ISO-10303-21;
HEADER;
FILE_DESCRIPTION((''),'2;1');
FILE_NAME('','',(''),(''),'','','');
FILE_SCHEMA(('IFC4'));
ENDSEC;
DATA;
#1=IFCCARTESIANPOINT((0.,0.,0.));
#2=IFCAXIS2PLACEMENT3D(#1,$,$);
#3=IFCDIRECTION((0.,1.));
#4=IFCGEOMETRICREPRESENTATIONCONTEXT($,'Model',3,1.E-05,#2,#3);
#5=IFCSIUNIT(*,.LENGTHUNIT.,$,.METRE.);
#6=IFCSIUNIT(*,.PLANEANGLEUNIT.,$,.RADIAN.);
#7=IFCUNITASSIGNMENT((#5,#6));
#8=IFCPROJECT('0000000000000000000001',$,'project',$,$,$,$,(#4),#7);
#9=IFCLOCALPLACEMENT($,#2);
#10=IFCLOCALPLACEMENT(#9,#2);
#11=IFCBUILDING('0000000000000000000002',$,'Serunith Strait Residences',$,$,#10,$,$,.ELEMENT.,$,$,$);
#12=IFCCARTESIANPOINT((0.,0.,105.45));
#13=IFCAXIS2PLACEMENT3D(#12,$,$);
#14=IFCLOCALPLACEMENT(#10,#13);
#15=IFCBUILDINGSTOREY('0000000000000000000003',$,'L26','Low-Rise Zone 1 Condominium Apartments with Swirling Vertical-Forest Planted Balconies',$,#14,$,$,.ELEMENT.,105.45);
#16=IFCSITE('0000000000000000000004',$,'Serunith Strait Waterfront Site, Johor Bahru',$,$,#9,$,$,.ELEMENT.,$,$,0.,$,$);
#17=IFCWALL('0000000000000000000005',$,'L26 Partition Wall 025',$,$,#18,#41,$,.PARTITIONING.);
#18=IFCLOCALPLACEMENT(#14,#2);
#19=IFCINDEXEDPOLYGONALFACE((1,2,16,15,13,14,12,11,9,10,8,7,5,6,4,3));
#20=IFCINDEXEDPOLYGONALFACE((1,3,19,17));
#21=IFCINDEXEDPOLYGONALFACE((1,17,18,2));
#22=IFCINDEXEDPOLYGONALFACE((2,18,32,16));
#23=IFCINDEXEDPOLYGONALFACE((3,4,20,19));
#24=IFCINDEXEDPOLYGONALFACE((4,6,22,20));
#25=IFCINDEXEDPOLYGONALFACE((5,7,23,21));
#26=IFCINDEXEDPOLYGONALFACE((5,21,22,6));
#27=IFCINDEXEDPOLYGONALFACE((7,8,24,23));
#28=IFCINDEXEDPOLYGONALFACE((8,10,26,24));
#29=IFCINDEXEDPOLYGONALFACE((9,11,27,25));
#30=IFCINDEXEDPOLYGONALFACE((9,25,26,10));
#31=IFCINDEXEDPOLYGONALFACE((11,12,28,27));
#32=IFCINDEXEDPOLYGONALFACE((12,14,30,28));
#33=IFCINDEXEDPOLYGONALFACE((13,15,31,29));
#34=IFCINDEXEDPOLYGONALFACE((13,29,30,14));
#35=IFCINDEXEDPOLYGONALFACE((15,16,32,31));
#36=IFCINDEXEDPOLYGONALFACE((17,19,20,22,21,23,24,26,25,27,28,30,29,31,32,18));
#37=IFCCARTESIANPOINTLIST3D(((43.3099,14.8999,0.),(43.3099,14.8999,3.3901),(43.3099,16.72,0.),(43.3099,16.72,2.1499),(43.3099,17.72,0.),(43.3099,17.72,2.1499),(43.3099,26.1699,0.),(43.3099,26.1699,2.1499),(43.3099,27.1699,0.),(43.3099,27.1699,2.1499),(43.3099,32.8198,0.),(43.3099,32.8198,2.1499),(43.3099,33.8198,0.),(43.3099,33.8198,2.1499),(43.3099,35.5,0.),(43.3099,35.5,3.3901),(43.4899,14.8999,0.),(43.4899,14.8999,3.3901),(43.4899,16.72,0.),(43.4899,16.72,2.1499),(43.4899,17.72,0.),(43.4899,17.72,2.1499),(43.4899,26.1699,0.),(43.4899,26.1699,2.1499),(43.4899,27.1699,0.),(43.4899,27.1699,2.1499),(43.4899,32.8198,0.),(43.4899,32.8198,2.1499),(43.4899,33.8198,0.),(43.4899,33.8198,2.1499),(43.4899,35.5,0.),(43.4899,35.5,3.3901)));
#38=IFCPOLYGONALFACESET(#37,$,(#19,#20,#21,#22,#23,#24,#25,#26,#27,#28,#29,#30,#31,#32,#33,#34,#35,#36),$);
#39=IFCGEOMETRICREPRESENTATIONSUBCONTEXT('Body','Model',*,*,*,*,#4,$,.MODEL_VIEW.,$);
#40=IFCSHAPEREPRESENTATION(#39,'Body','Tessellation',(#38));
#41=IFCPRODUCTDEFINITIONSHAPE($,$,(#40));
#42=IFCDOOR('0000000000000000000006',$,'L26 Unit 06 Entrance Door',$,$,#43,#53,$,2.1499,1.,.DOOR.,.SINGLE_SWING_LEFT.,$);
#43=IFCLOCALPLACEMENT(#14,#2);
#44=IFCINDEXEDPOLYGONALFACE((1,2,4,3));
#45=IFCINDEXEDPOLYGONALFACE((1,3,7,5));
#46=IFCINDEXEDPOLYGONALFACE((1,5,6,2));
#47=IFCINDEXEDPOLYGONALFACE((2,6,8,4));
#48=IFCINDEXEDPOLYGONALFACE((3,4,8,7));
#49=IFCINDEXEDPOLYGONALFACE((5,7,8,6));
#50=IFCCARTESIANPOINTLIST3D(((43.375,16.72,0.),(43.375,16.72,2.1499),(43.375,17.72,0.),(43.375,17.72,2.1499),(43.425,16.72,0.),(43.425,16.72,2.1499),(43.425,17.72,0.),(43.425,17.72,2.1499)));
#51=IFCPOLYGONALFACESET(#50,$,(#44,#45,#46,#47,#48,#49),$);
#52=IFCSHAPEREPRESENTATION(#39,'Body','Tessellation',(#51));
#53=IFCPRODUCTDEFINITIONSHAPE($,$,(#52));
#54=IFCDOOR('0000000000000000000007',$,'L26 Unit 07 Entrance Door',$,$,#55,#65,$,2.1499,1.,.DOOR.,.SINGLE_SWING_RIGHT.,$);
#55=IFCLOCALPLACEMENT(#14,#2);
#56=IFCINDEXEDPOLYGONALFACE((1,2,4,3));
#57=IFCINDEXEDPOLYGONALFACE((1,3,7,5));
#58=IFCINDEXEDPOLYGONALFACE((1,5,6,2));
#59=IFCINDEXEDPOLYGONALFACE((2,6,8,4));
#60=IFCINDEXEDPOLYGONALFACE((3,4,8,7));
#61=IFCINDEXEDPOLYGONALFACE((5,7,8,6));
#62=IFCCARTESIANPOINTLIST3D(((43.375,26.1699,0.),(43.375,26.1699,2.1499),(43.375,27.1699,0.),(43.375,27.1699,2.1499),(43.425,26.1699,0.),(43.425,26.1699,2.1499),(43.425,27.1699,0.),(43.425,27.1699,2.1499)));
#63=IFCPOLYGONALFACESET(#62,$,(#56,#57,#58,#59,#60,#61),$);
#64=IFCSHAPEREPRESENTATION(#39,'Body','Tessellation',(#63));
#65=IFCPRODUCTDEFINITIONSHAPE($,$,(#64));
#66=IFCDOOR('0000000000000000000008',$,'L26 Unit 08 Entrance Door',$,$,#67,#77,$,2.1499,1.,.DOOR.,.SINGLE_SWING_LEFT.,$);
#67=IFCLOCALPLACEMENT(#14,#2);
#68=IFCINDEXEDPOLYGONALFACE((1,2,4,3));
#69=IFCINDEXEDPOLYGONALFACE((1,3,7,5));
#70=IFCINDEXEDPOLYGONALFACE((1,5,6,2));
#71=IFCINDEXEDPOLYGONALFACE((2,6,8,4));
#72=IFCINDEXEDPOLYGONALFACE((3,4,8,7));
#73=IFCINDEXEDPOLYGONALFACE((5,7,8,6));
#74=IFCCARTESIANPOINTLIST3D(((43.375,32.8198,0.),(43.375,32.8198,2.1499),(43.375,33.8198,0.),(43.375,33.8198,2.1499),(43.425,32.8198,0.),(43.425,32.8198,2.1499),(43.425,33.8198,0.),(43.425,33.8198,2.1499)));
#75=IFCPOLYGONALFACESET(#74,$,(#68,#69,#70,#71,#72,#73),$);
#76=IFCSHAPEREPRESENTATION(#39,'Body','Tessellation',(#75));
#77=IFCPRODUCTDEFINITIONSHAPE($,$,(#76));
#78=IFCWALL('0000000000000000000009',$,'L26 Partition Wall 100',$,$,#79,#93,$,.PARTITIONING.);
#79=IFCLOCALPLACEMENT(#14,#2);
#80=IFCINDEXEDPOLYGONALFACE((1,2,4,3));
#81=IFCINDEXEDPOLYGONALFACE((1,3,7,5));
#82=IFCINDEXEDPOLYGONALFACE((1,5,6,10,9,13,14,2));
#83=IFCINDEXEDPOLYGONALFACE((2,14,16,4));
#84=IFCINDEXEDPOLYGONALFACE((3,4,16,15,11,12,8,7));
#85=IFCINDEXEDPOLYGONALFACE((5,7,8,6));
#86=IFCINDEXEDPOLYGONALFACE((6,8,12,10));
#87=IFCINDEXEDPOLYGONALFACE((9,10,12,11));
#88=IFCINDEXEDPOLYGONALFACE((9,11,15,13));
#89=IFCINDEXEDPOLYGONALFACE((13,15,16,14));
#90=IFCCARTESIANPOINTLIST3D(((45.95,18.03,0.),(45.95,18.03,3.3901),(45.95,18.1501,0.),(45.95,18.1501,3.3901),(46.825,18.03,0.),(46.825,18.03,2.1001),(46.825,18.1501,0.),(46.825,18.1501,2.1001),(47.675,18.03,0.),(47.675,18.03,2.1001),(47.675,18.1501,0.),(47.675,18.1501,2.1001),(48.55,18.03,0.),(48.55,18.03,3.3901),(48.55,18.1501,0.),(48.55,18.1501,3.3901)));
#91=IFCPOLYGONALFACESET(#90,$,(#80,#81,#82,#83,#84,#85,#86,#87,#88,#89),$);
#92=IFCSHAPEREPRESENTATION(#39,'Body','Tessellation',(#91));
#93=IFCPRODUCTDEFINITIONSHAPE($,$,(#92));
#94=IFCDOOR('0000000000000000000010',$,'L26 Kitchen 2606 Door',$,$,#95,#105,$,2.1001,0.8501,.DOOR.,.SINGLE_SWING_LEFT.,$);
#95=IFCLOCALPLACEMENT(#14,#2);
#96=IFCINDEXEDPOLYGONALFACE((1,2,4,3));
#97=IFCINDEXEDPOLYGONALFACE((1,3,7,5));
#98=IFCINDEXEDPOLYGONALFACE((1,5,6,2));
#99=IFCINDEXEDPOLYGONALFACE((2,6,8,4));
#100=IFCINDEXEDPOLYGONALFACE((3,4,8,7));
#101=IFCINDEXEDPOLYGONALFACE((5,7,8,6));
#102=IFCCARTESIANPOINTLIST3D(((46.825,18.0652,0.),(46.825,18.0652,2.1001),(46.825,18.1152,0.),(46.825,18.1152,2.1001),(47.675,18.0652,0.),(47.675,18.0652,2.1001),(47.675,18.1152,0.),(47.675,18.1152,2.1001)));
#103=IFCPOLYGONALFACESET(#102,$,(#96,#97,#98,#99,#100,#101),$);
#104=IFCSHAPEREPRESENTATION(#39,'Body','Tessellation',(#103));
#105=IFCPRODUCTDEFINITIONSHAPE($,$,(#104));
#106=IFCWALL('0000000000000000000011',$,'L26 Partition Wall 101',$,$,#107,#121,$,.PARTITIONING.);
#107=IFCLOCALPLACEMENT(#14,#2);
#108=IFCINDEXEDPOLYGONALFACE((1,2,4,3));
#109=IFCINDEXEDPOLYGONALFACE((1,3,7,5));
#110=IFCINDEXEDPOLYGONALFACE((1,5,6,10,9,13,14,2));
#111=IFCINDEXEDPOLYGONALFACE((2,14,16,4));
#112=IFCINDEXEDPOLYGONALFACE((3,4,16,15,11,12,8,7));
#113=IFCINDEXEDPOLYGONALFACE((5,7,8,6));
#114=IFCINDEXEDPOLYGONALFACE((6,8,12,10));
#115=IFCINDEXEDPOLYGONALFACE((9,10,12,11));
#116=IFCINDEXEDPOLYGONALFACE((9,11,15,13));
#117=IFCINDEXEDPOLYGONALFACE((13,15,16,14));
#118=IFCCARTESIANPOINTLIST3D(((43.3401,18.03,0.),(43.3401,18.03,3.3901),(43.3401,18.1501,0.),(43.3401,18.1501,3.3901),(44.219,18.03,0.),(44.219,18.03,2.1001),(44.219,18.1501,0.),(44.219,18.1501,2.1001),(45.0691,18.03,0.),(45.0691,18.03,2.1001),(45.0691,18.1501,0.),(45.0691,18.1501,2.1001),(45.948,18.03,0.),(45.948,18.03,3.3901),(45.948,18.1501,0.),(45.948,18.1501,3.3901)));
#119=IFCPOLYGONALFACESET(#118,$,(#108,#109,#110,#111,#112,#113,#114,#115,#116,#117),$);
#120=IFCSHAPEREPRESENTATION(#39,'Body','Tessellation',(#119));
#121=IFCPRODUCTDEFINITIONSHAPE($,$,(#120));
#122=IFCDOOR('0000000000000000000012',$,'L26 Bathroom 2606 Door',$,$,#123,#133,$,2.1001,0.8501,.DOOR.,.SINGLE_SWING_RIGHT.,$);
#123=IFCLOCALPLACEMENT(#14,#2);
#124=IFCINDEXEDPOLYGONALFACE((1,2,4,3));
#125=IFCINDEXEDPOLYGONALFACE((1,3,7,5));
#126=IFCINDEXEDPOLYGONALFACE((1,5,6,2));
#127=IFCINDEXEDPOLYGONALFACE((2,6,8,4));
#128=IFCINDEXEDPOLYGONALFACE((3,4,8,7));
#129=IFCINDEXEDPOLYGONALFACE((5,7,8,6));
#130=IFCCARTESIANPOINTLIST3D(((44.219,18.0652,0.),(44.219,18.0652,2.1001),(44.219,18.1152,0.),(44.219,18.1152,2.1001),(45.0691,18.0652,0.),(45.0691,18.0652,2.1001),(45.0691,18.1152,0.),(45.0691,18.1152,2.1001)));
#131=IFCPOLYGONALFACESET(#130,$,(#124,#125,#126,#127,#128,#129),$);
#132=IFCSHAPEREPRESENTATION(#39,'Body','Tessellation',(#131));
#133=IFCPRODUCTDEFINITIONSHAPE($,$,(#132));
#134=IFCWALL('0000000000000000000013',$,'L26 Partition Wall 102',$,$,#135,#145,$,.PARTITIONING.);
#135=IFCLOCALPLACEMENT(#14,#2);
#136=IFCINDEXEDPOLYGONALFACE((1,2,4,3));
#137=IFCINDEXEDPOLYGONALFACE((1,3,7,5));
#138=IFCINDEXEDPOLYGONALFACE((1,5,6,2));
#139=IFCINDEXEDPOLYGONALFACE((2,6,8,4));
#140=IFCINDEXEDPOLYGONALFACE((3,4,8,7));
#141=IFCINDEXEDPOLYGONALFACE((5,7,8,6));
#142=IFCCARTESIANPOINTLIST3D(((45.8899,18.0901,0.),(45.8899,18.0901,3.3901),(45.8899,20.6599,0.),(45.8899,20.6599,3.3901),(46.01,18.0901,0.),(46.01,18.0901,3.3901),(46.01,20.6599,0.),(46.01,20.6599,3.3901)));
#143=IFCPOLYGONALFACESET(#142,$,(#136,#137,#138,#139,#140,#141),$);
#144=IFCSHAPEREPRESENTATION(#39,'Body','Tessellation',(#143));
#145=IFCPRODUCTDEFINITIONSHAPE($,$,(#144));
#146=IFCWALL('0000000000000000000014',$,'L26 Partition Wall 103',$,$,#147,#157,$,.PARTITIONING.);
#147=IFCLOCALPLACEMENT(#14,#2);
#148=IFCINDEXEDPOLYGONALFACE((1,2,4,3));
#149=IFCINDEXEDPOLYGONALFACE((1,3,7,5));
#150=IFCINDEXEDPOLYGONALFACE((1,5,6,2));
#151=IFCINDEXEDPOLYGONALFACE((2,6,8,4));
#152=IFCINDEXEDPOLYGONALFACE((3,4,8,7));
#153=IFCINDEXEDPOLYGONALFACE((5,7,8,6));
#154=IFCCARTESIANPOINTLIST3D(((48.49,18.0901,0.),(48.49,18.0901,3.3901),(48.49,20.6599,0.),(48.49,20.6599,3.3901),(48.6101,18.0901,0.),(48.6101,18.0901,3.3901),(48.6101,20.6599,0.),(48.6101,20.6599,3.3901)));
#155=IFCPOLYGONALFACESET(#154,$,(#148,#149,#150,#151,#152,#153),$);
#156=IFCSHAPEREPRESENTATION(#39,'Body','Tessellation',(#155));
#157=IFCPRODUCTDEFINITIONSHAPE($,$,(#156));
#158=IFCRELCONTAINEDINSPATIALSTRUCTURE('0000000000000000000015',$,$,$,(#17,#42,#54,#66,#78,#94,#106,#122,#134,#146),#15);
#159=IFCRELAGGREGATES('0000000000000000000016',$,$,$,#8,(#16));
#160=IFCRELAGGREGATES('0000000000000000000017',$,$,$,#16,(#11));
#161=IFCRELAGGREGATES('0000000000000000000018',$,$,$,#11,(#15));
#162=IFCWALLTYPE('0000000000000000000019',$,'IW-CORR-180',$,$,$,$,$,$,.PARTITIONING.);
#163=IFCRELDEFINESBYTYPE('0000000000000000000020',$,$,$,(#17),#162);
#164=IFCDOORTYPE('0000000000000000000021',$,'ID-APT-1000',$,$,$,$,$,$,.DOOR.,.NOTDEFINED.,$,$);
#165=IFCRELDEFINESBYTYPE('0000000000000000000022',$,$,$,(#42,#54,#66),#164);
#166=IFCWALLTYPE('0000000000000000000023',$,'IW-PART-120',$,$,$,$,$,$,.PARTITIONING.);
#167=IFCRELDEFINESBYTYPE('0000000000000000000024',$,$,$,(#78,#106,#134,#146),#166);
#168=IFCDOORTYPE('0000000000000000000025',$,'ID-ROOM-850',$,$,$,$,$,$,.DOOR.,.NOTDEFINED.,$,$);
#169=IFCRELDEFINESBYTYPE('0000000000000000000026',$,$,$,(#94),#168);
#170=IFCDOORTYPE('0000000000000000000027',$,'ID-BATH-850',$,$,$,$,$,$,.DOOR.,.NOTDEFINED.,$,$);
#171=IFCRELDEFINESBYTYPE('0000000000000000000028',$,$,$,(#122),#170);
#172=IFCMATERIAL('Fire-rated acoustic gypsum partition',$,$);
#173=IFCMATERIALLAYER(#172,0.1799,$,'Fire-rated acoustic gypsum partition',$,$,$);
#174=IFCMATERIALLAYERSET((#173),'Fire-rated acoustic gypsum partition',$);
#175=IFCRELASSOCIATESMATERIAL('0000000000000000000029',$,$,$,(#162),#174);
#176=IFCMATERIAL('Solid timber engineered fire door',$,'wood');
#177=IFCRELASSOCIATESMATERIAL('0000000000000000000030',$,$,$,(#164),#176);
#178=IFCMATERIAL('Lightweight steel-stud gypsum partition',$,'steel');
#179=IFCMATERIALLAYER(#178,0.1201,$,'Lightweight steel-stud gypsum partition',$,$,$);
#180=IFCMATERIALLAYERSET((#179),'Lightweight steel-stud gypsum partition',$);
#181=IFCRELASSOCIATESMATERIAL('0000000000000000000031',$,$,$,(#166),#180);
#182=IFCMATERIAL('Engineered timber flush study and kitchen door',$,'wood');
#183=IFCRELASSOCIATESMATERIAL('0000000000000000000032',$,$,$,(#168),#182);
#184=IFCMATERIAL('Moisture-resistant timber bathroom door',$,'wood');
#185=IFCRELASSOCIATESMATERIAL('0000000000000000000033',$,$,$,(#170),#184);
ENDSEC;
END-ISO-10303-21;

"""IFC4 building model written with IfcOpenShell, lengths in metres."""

from ifc_helpers import new_model, si_unit, direction, frame, frame_2d, origin, place, context, subcontext, project, spatial, rectangle, extrude, source, transform, mapped, material, layer, layer_set, type_object, element, fill, save


model = new_model("IFC4")

# Units and contexts
model_context = context("Model", 3, precision=1e-05, world=origin(), true_north=direction((0.0, 1.0)))
body_context = subcontext(model_context, "Body", "Model", "MODEL_VIEW")
ifc_project = project(units=[si_unit("LENGTHUNIT", "METRE"), si_unit("PLANEANGLEUNIT", "RADIAN")], contexts=[model_context])

# Site, building, storey
site_placement = place(None, origin())
site = spatial("IfcSite", under=ifc_project, at=site_placement, Name="Serunith Strait Waterfront Site, Johor Bahru", CompositionType="ELEMENT", RefElevation=0.0)
building_placement = place(site_placement, origin())
building = spatial("IfcBuilding", under=site, at=building_placement, Name="Serunith Strait Residences", CompositionType="ELEMENT")
storey_placement = place(building_placement, frame((0.0, 0.0, 105.45)))
storey = spatial("IfcBuildingStorey", under=building, at=storey_placement, Name="L26", Description="Low-Rise Zone 1 Condominium Apartments with Swirling Vertical-Forest Planted Balconies", CompositionType="ELEMENT", Elevation=105.45)

# Wall, openings, doors
ifc_material_1 = material(Name="Fire-rated acoustic gypsum partition")
ifc_layer_1 = layer(ifc_material_1, 0.1799, Name="Fire-rated acoustic gypsum partition")
ifc_layer_set_1 = layer_set([ifc_layer_1], Name="Fire-rated acoustic gypsum partition")
wall_type_1 = type_object("IfcWallType", Name="IW-CORR-180", PredefinedType="PARTITIONING", material=ifc_layer_set_1)
wall_1_placement = place(storey_placement, frame((43.3999, 14.8999, 0.0), z_axis=(0.0, 0.0, 1.0), x_axis=(0.0, 1.0, 0.0)))
wall_1 = element("IfcWall", 1, at=wall_1_placement, inside=storey, type_object=wall_type_1, Name="L26 Partition Wall 025", PredefinedType="PARTITIONING", context=body_context, shape_type="SweptSolid", body=[
    extrude(rectangle(XDim=20.6001, YDim=0.1799, at=frame_2d((10.3, 0.0))), origin(), (0.0, 0.0, 1.0), 3.3901),
])
opening_1_placement = place(wall_1_placement, frame((1.8201, 0.0, 0.0)))
opening_1 = element("IfcOpeningElement", 2, at=opening_1_placement, cuts=wall_1, PredefinedType="OPENING", context=body_context, shape_type="SweptSolid", body=[
    extrude(rectangle(XDim=1.0, YDim=2.1499, at=frame_2d((0.5, 1.075))), frame((0.0, 0.1001, 0.0), z_axis=(0.0, -1.0, 0.0), x_axis=(1.0, 0.0, 0.0)), (0.0, 0.0, 1.0), 0.2),
])
opening_2_placement = place(wall_1_placement, frame((11.27, 0.0, 0.0)))
opening_2 = element("IfcOpeningElement", 3, at=opening_2_placement, cuts=wall_1, PredefinedType="OPENING", context=body_context, shape_type="SweptSolid", body=[
    extrude(rectangle(XDim=1.0, YDim=2.1499, at=frame_2d((0.5, 1.075))), frame((0.0, 0.1001, 0.0), z_axis=(0.0, -1.0, 0.0), x_axis=(1.0, 0.0, 0.0)), (0.0, 0.0, 1.0), 0.2),
])
opening_3_placement = place(wall_1_placement, frame((17.9199, 0.0, 0.0)))
opening_3 = element("IfcOpeningElement", 4, at=opening_3_placement, cuts=wall_1, PredefinedType="OPENING", context=body_context, shape_type="SweptSolid", body=[
    extrude(rectangle(XDim=1.0, YDim=2.1499, at=frame_2d((0.5, 1.075))), frame((0.0, 0.1001, 0.0), z_axis=(0.0, -1.0, 0.0), x_axis=(1.0, 0.0, 0.0)), (0.0, 0.0, 1.0), 0.2),
])
ifc_material_2 = material(Name="Solid timber engineered fire door", Category="wood")
door_type_1 = type_object("IfcDoorType", Name="ID-APT-1000", OperationType="NOTDEFINED", PredefinedType="DOOR", material=ifc_material_2)
shared_shape_1 = source(origin(), body_context, "Body", "SweptSolid", [
    extrude(rectangle(XDim=1.0, YDim=2.1499, at=frame_2d((0.5, 1.075))), frame((0.0, 0.0249, 0.0), z_axis=(0.0, -1.0, 0.0), x_axis=(1.0, 0.0, 0.0)), (0.0, 0.0, 1.0), 0.05),
])
door_1_placement = place(opening_1_placement, origin())
door_1 = element("IfcDoor", 5, at=door_1_placement, inside=storey, type_object=door_type_1, Name="L26 Unit 06 Entrance Door", OperationType="SINGLE_SWING_LEFT", OverallHeight=2.1499, OverallWidth=1.0, PredefinedType="DOOR", context=body_context, shape_type="MappedRepresentation", body=[
    mapped(shared_shape_1, transform((0.0, 0.0, 0.0), scale=1.0)),
])
fill(opening_1, door_1)
door_2_placement = place(opening_2_placement, origin())
door_2 = element("IfcDoor", 6, at=door_2_placement, inside=storey, type_object=door_type_1, Name="L26 Unit 07 Entrance Door", OperationType="SINGLE_SWING_RIGHT", OverallHeight=2.1499, OverallWidth=1.0, PredefinedType="DOOR", context=body_context, shape_type="MappedRepresentation", body=[
    mapped(shared_shape_1, transform((0.0, 0.0, 0.0), scale=1.0)),
])
fill(opening_2, door_2)
door_3_placement = place(opening_3_placement, origin())
door_3 = element("IfcDoor", 7, at=door_3_placement, inside=storey, type_object=door_type_1, Name="L26 Unit 08 Entrance Door", OperationType="SINGLE_SWING_LEFT", OverallHeight=2.1499, OverallWidth=1.0, PredefinedType="DOOR", context=body_context, shape_type="MappedRepresentation", body=[
    mapped(shared_shape_1, transform((0.0, 0.0, 0.0), scale=1.0)),
])
fill(opening_3, door_3)

# Walls, openings, doors
ifc_material_3 = material(Name="Lightweight steel-stud gypsum partition", Category="steel")
ifc_layer_2 = layer(ifc_material_3, 0.1201, Name="Lightweight steel-stud gypsum partition")
ifc_layer_set_2 = layer_set([ifc_layer_2], Name="Lightweight steel-stud gypsum partition")
wall_type_2 = type_object("IfcWallType", Name="IW-PART-120", PredefinedType="PARTITIONING", material=ifc_layer_set_2)
wall_2_placement = place(storey_placement, frame((48.55, 18.0901, 0.0), z_axis=(0.0, 0.0, 1.0), x_axis=(-1.0, 0.0, 0.0)))
wall_2 = element("IfcWall", 8, at=wall_2_placement, inside=storey, type_object=wall_type_2, Name="L26 Partition Wall 100", PredefinedType="PARTITIONING", context=body_context, shape_type="SweptSolid", body=[
    extrude(rectangle(XDim=2.6001, YDim=0.1201, at=frame_2d((1.3, 0.0))), origin(), (0.0, 0.0, 1.0), 3.3901),
])
opening_4_placement = place(wall_2_placement, frame((0.875, 0.0, 0.0)))
opening_4 = element("IfcOpeningElement", 9, at=opening_4_placement, cuts=wall_2, PredefinedType="OPENING", context=body_context, shape_type="SweptSolid", body=[
    extrude(rectangle(XDim=0.8501, YDim=2.1001, at=frame_2d((0.425, 1.05))), frame((0.0, 0.0701, 0.0), z_axis=(0.0, -1.0, 0.0), x_axis=(1.0, 0.0, 0.0)), (0.0, 0.0, 1.0), 0.1401),
])
ifc_material_4 = material(Name="Engineered timber flush study and kitchen door", Category="wood")
door_type_2 = type_object("IfcDoorType", Name="ID-ROOM-850", OperationType="NOTDEFINED", PredefinedType="DOOR", material=ifc_material_4)
shared_shape_2 = source(origin(), body_context, "Body", "SweptSolid", [
    extrude(rectangle(XDim=0.8501, YDim=2.1001, at=frame_2d((0.425, 1.05))), frame((0.0, 0.0249, 0.0), z_axis=(0.0, -1.0, 0.0), x_axis=(1.0, 0.0, 0.0)), (0.0, 0.0, 1.0), 0.05),
])
door_4_placement = place(opening_4_placement, origin())
door_4 = element("IfcDoor", 10, at=door_4_placement, inside=storey, type_object=door_type_2, Name="L26 Kitchen 2606 Door", OperationType="SINGLE_SWING_LEFT", OverallHeight=2.1001, OverallWidth=0.8501, PredefinedType="DOOR", context=body_context, shape_type="MappedRepresentation", body=[
    mapped(shared_shape_2, transform((0.0, 0.0, 0.0), scale=1.0)),
])
fill(opening_4, door_4)
wall_3_placement = place(storey_placement, frame((45.948, 18.0901, 0.0), z_axis=(0.0, 0.0, 1.0), x_axis=(-1.0, 0.0, 0.0)))
wall_3 = element("IfcWall", 11, at=wall_3_placement, inside=storey, type_object=wall_type_2, Name="L26 Partition Wall 101", PredefinedType="PARTITIONING", context=body_context, shape_type="SweptSolid", body=[
    extrude(rectangle(XDim=2.6079, YDim=0.1201, at=frame_2d((1.304, 0.0))), origin(), (0.0, 0.0, 1.0), 3.3901),
])
opening_5_placement = place(wall_3_placement, frame((0.8789, 0.0, 0.0)))
opening_5 = element("IfcOpeningElement", 12, at=opening_5_placement, cuts=wall_3, PredefinedType="OPENING", context=body_context, shape_type="SweptSolid", body=[
    extrude(rectangle(XDim=0.8501, YDim=2.1001, at=frame_2d((0.425, 1.05))), frame((0.0, 0.0701, 0.0), z_axis=(0.0, -1.0, 0.0), x_axis=(1.0, 0.0, 0.0)), (0.0, 0.0, 1.0), 0.1401),
])
ifc_material_5 = material(Name="Moisture-resistant timber bathroom door", Category="wood")
door_type_3 = type_object("IfcDoorType", Name="ID-BATH-850", OperationType="NOTDEFINED", PredefinedType="DOOR", material=ifc_material_5)
door_5_placement = place(opening_5_placement, origin())
door_5 = element("IfcDoor", 13, at=door_5_placement, inside=storey, type_object=door_type_3, Name="L26 Bathroom 2606 Door", OperationType="SINGLE_SWING_RIGHT", OverallHeight=2.1001, OverallWidth=0.8501, PredefinedType="DOOR", context=body_context, shape_type="MappedRepresentation", body=[
    mapped(shared_shape_2, transform((0.0, 0.0, 0.0), scale=1.0)),
])
fill(opening_5, door_5)

# Walls
for number, where, z_axis, x_axis, name in (
    (14, (45.95, 18.0901, 0.0), (0.0, 0.0, 1.0), (0.0, 1.0, 0.0), "L26 Partition Wall 102"),
    (15, (48.55, 18.0901, 0.0), (0.0, 0.0, 1.0), (0.0, 1.0, 0.0), "L26 Partition Wall 103"),
):
    element("IfcWall", number, at=place(storey_placement, frame(where, z_axis=z_axis, x_axis=x_axis)), inside=storey, type_object=wall_type_2, Name=name, PredefinedType="PARTITIONING", context=body_context, shape_type="SweptSolid", body=[
        extrude(rectangle(XDim=2.5698, YDim=0.1201, at=frame_2d((1.2849, 0.0))), origin(), (0.0, 0.0, 1.0), 3.3901),
    ])

save(model, "model.ifc")
